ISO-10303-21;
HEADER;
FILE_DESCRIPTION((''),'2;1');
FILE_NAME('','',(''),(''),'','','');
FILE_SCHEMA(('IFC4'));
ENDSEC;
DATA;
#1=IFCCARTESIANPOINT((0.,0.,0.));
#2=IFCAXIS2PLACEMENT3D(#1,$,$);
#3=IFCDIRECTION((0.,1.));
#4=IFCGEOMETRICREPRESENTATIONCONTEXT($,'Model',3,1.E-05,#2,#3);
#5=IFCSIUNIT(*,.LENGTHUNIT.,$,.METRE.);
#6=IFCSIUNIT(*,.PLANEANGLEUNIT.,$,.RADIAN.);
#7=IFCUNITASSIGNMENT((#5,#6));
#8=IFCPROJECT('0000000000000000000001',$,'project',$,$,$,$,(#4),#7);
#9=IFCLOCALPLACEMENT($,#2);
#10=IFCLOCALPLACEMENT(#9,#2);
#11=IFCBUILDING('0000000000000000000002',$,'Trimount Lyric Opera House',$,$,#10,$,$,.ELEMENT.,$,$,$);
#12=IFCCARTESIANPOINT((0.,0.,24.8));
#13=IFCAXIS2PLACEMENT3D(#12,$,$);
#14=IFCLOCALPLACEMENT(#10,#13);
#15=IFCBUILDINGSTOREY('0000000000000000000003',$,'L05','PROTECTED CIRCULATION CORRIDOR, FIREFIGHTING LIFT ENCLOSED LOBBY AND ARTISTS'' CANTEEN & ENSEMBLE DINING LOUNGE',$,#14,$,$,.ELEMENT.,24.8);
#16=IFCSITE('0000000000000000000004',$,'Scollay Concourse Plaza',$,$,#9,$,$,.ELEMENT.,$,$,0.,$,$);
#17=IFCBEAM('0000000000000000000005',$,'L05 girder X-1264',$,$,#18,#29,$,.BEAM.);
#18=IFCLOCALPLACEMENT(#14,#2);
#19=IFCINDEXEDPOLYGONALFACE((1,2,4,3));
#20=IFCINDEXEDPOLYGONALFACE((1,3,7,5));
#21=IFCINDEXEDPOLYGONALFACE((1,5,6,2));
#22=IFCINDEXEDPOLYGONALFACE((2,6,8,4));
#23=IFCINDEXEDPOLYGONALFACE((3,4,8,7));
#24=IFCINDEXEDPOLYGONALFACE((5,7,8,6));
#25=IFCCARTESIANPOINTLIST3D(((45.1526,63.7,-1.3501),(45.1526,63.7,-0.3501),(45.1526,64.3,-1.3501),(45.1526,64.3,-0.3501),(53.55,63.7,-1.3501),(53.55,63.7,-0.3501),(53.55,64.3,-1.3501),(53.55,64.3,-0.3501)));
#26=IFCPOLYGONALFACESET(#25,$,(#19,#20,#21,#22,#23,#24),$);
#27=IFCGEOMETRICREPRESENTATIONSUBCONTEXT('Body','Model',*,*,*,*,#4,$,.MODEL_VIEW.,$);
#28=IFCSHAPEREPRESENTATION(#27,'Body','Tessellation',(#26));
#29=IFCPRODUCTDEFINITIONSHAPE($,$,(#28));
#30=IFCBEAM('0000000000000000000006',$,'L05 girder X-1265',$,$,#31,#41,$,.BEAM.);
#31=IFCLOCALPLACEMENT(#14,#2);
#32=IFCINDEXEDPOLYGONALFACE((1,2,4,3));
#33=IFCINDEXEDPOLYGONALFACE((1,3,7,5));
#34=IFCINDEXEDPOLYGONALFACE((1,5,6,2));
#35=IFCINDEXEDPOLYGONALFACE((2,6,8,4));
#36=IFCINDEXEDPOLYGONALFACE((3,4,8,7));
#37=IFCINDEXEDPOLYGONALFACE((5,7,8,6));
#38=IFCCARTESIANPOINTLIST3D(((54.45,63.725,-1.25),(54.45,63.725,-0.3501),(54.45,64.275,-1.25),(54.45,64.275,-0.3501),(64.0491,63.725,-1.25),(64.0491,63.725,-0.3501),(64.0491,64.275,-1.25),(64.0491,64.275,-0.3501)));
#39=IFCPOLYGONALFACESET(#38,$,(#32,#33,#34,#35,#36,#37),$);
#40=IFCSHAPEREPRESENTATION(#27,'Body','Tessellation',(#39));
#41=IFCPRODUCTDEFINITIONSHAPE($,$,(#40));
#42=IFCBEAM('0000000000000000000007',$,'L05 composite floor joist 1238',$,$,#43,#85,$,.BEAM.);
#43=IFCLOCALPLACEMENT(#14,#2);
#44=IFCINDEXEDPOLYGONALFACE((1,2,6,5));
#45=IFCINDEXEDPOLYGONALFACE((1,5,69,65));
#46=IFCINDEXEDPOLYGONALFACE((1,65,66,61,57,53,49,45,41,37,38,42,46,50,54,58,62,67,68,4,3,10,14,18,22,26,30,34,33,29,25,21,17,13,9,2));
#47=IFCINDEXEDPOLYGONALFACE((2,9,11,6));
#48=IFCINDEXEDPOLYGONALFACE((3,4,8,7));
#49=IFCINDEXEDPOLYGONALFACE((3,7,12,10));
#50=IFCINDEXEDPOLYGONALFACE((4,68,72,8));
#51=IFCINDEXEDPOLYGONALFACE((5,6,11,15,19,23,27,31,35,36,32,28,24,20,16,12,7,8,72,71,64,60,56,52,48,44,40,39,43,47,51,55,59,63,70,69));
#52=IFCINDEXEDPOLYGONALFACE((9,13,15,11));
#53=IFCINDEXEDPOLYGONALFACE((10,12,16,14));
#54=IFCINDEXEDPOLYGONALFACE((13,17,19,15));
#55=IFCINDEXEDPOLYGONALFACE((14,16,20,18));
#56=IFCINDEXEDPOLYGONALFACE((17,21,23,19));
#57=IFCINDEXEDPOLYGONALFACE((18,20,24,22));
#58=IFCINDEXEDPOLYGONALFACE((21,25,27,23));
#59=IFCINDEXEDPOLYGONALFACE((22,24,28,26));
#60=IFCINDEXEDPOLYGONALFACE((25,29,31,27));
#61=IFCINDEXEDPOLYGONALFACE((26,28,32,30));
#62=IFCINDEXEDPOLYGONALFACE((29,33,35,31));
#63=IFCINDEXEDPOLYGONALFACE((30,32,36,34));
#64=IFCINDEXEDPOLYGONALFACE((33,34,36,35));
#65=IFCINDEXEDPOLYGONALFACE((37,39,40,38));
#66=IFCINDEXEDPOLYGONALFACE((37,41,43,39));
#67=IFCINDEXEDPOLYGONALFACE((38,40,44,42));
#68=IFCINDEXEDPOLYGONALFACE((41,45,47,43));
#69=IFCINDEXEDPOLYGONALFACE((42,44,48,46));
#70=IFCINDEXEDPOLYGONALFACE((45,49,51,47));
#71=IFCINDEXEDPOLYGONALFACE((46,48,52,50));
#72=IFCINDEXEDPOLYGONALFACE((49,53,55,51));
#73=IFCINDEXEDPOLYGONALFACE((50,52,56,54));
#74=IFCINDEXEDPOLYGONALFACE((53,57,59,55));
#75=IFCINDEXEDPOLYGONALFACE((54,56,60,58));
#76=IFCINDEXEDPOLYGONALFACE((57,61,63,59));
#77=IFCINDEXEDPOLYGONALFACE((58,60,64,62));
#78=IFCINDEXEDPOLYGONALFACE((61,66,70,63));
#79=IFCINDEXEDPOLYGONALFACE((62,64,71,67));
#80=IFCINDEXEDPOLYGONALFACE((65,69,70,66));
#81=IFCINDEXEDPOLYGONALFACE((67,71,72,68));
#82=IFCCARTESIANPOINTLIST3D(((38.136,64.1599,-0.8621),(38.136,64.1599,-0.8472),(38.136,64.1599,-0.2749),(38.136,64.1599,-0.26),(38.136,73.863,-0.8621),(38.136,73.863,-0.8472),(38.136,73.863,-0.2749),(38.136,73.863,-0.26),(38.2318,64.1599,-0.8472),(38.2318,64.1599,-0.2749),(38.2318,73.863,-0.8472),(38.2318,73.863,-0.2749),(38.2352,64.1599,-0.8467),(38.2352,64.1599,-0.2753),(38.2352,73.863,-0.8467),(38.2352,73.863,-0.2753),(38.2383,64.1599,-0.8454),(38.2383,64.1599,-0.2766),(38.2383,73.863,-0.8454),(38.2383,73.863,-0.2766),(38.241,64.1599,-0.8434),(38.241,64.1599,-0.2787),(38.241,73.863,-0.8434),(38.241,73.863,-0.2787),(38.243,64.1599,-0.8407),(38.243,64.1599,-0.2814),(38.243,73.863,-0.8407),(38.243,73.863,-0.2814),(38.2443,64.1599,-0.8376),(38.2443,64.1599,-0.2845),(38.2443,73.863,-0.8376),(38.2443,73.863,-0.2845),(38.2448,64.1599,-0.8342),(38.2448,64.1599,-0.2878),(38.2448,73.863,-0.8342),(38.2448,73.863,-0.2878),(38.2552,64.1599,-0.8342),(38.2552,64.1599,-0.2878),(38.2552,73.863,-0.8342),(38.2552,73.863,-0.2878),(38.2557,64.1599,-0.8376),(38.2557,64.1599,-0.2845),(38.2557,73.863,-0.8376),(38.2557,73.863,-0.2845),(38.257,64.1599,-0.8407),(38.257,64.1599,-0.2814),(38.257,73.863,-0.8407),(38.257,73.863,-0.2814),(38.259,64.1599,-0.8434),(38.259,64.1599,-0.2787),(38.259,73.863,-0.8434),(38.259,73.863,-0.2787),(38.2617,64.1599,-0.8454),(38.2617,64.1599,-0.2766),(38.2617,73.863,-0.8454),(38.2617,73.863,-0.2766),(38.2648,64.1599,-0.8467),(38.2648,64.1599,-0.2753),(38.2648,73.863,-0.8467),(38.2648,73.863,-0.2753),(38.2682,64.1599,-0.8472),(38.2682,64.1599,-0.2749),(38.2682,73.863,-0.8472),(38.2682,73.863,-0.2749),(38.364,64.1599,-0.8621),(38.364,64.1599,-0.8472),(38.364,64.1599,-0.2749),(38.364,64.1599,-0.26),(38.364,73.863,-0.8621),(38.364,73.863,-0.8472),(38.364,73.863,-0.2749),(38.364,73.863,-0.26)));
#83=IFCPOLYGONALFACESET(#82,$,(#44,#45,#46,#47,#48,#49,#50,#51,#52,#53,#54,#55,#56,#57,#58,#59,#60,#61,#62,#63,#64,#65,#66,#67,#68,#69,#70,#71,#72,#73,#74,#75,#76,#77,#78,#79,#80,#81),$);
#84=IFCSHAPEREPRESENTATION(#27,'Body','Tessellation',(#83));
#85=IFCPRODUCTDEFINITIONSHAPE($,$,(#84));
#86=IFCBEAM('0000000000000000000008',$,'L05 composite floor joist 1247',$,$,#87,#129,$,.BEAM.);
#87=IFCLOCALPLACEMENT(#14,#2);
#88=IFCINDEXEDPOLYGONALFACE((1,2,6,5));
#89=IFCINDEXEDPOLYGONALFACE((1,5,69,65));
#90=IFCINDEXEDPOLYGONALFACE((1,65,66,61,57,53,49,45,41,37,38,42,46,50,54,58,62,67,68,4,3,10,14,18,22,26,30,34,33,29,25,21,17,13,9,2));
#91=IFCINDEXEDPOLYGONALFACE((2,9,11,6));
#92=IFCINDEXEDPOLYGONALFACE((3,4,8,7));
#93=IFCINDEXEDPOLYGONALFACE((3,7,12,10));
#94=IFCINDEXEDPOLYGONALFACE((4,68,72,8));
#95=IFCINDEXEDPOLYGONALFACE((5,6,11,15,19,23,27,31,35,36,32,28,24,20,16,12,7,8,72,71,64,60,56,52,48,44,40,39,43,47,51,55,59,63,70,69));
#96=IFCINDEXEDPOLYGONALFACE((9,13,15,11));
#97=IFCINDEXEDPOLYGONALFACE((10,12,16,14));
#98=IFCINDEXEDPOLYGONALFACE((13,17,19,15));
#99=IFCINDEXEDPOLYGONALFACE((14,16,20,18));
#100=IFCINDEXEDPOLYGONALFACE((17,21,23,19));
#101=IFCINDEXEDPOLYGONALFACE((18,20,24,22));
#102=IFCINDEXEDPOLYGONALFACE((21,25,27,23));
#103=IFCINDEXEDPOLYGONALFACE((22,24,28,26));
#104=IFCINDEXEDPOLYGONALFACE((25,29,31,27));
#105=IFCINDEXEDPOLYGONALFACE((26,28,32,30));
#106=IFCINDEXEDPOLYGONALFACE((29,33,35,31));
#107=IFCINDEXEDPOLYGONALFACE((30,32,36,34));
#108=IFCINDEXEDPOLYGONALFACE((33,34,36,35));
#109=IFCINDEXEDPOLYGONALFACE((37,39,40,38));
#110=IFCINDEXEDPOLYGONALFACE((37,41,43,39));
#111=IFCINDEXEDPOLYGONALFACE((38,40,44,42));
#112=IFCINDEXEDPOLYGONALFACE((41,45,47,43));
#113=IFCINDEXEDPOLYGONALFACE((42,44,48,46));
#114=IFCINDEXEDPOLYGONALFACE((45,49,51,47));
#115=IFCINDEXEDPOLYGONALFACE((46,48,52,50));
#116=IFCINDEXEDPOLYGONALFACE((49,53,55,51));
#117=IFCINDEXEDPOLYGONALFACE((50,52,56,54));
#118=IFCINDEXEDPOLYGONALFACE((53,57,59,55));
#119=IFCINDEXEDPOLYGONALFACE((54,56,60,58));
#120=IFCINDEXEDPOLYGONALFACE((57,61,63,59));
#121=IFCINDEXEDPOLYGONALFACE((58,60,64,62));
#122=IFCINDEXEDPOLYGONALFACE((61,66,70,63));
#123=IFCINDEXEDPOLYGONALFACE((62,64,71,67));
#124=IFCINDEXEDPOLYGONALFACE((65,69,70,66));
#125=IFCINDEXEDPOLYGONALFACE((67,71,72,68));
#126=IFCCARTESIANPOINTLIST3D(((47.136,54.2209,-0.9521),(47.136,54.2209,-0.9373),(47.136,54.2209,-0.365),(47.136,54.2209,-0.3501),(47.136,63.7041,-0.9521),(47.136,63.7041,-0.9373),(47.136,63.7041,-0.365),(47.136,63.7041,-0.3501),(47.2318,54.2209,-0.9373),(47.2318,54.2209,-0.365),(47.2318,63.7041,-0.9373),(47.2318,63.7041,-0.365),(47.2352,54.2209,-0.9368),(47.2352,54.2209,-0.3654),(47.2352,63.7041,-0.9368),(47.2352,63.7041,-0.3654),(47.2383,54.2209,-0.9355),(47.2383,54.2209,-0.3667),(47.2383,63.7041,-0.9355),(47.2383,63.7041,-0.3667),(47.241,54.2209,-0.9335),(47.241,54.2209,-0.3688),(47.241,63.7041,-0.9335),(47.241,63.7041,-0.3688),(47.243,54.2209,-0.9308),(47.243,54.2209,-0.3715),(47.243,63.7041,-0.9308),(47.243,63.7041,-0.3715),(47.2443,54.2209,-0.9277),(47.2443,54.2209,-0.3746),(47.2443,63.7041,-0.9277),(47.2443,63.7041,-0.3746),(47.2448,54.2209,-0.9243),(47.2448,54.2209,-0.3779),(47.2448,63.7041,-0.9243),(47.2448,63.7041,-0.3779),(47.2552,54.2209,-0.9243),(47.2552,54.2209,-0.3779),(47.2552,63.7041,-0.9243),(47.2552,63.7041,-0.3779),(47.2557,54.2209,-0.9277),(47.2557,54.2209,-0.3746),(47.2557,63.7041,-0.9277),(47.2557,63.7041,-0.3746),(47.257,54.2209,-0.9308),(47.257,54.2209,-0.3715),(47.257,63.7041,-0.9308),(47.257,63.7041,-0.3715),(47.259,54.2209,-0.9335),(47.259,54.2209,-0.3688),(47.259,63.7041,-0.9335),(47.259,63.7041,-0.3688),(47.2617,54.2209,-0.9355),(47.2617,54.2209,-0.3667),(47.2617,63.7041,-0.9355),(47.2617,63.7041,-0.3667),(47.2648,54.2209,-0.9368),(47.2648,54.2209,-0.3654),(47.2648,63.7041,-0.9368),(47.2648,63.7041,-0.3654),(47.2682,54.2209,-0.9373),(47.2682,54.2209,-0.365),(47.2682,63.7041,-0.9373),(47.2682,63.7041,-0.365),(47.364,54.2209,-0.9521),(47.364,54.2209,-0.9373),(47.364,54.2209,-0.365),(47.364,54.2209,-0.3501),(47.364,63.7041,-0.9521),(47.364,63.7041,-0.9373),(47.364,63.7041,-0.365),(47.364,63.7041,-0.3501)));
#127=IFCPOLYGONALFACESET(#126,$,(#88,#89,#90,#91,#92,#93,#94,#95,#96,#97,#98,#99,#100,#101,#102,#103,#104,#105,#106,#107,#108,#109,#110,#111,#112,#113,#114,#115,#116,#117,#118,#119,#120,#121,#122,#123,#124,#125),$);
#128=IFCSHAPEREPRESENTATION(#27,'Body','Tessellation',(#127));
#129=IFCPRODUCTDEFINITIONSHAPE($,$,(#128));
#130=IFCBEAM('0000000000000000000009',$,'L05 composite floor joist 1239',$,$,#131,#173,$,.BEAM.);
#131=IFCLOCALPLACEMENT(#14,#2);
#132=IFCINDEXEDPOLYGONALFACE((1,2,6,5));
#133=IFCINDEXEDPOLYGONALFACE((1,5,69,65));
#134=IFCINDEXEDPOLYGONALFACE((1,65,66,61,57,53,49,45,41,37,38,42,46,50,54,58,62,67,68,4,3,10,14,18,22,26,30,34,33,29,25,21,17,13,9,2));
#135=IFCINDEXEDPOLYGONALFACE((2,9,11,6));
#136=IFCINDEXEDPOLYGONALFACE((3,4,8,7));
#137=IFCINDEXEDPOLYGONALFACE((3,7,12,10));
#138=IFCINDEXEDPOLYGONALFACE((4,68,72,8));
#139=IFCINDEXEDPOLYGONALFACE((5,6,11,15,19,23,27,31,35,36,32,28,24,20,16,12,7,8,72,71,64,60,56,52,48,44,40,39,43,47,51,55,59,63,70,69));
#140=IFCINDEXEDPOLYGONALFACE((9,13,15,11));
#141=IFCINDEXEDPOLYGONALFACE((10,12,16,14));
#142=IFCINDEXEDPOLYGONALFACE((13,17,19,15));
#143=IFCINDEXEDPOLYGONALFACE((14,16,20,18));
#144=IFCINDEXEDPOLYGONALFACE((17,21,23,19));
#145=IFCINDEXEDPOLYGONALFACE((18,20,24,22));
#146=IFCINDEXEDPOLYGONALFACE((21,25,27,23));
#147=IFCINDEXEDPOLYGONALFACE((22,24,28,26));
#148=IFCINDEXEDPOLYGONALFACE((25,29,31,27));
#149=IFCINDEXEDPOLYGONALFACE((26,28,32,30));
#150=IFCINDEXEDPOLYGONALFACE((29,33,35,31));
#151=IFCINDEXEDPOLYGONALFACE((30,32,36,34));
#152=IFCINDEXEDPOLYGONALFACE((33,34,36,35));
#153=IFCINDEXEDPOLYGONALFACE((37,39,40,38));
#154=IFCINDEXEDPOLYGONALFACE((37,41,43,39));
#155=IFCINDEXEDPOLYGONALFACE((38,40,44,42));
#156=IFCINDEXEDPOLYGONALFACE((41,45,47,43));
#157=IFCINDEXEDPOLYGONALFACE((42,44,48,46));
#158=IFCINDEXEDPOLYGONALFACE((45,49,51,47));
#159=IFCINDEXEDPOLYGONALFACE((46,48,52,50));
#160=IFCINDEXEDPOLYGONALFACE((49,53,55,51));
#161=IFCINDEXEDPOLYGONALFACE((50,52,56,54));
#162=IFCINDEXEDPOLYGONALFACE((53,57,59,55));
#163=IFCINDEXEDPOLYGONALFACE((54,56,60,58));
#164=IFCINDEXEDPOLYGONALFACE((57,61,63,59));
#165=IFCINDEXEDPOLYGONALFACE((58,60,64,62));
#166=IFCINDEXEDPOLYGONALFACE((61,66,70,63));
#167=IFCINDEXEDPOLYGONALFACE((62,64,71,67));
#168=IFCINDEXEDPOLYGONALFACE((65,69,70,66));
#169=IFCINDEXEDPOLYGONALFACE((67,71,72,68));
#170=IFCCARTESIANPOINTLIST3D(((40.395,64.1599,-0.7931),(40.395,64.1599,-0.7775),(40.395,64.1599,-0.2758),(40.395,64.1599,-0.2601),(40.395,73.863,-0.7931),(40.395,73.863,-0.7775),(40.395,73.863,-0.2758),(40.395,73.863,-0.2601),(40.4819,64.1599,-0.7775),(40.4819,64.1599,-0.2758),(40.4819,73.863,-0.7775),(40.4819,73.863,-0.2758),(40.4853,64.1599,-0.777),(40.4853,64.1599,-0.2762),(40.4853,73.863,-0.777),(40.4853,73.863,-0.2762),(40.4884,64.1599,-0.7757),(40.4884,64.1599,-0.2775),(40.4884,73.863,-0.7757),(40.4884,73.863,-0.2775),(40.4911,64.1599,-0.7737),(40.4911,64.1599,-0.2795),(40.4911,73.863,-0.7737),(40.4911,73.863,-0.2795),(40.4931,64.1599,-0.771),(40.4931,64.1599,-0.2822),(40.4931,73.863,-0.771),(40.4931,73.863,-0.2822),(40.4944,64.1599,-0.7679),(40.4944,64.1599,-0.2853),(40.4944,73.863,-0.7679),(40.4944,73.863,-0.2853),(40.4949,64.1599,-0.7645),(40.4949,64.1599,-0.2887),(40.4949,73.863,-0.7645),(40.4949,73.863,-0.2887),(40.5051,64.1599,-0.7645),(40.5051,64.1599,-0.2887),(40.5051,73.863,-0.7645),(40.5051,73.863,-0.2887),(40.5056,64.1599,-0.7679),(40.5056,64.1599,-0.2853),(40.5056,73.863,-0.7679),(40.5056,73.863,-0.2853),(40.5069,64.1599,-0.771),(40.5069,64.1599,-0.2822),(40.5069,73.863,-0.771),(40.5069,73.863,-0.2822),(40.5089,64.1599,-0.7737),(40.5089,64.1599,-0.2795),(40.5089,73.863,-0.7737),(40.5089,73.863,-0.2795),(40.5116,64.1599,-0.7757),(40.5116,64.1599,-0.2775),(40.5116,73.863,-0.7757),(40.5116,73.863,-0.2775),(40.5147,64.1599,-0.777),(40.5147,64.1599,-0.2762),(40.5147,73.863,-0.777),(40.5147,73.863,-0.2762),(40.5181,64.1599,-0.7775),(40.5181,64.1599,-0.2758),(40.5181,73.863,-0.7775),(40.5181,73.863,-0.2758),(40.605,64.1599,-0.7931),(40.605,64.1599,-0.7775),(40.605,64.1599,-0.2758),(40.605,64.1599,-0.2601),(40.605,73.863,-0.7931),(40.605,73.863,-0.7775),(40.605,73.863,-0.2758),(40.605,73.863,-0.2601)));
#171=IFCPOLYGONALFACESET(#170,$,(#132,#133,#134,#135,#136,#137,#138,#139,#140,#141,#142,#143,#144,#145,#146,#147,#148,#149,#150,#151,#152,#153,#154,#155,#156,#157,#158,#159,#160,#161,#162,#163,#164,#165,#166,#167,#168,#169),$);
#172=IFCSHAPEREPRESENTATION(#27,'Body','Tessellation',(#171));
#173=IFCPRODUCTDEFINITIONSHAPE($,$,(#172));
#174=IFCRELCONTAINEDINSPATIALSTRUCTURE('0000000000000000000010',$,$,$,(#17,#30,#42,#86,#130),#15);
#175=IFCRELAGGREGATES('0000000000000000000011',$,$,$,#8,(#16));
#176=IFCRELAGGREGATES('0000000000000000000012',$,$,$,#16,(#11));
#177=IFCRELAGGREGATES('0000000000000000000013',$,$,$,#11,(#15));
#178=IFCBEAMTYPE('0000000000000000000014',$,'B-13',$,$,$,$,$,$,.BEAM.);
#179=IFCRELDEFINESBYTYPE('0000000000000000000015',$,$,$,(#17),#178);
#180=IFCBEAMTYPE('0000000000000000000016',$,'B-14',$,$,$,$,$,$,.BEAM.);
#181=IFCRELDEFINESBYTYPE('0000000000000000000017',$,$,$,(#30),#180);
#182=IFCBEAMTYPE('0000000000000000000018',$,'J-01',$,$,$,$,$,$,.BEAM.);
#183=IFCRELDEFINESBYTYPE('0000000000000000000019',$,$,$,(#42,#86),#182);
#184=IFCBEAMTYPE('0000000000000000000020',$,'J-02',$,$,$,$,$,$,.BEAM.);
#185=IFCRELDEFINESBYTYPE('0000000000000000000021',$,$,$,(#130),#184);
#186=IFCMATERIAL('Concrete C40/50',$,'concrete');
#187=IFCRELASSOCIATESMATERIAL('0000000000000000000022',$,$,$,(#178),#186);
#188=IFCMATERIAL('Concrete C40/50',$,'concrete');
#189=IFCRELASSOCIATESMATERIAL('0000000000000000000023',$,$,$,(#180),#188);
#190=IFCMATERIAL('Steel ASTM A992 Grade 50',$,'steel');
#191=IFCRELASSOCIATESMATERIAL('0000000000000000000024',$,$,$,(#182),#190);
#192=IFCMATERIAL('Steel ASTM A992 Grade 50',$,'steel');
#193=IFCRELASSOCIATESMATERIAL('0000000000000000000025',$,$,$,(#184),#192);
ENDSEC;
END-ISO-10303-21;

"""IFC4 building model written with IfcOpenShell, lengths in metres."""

from ifc_helpers import new_model, si_unit, direction, frame, origin, origin_2d, place, context, subcontext, project, spatial, rectangle, i_section, extrude, material, material_profile, profile_set, type_object, element, save


model = new_model("IFC4")

# Units and contexts
model_context = context("Model", 3, precision=1e-05, world=origin(), true_north=direction((0.0, 1.0)))
body_context = subcontext(model_context, "Body", "Model", "MODEL_VIEW")
ifc_project = project(units=[si_unit("LENGTHUNIT", "METRE"), si_unit("PLANEANGLEUNIT", "RADIAN")], contexts=[model_context])

# Site, building, storey
site_placement = place(None, origin())
site = spatial("IfcSite", under=ifc_project, at=site_placement, Name="Scollay Concourse Plaza", CompositionType="ELEMENT", RefElevation=0.0)
building_placement = place(site_placement, origin())
building = spatial("IfcBuilding", under=site, at=building_placement, Name="Trimount Lyric Opera House", CompositionType="ELEMENT")
storey_placement = place(building_placement, frame((0.0, 0.0, 24.8)))
storey = spatial("IfcBuildingStorey", under=building, at=storey_placement, Name="L05", Description="PROTECTED CIRCULATION CORRIDOR, FIREFIGHTING LIFT ENCLOSED LOBBY AND ARTISTS' CANTEEN & ENSEMBLE DINING LOUNGE", CompositionType="ELEMENT", Elevation=24.8)

# Beams
ifc_material_1 = material(Name="Concrete C40/50", Category="concrete")
ifc_material_profile_1 = material_profile(ifc_material_1, rectangle(XDim=0.6001, YDim=1.0, at=origin_2d()), Name="RC600X1000")
ifc_profile_set_1 = profile_set([ifc_material_profile_1], Name="Concrete C40/50")
beam_type_1 = type_object("IfcBeamType", Name="B-13", PredefinedType="BEAM", material=ifc_profile_set_1)
beam_1_placement = place(storey_placement, frame((45.1526, 64.0, -0.8501), z_axis=(1.0, 0.0, 0.0), x_axis=(0.0, 1.0, 0.0)))
element("IfcBeam", 1, at=beam_1_placement, inside=storey, type_object=beam_type_1, Name="L05 girder X-1264", PredefinedType="BEAM", context=body_context, shape_type="SweptSolid", body=[
    extrude(rectangle(XDim=0.6001, YDim=1.0, at=origin_2d()), origin(), (0.0, 0.0, 1.0), 8.3975),
])
ifc_material_2 = material(Name="Concrete C40/50", Category="concrete")
ifc_material_profile_2 = material_profile(ifc_material_2, rectangle(XDim=0.55, YDim=0.8999, at=origin_2d()), Name="RC550X900")
ifc_profile_set_2 = profile_set([ifc_material_profile_2], Name="Concrete C40/50")
beam_type_2 = type_object("IfcBeamType", Name="B-14", PredefinedType="BEAM", material=ifc_profile_set_2)
beam_2_placement = place(storey_placement, frame((54.45, 64.0, -0.8), z_axis=(1.0, 0.0, 0.0), x_axis=(0.0, 1.0, 0.0)))
element("IfcBeam", 2, at=beam_2_placement, inside=storey, type_object=beam_type_2, Name="L05 girder X-1265", PredefinedType="BEAM", context=body_context, shape_type="SweptSolid", body=[
    extrude(rectangle(XDim=0.55, YDim=0.8999, at=origin_2d()), origin(), (0.0, 0.0, 1.0), 9.5991),
])
ifc_material_3 = material(Name="Steel ASTM A992 Grade 50", Category="steel")
ifc_material_profile_3 = material_profile(ifc_material_3, i_section(OverallWidth=0.228, OverallDepth=0.6021, WebThickness=0.0105, FlangeThickness=0.0149, FilletRadius=0.0129, at=origin_2d()), Name="W24X68")
ifc_profile_set_3 = profile_set([ifc_material_profile_3], Name="Steel ASTM A992 Grade 50")
beam_type_3 = type_object("IfcBeamType", Name="J-01", PredefinedType="BEAM", material=ifc_profile_set_3)
beam_3_placement = place(storey_placement, frame((38.25, 64.1599, -0.561), z_axis=(0.0, 1.0, 0.0), x_axis=(-1.0, 0.0, 0.0)))
element("IfcBeam", 3, at=beam_3_placement, inside=storey, type_object=beam_type_3, Name="L05 composite floor joist 1238", PredefinedType="BEAM", context=body_context, shape_type="SweptSolid", body=[
    extrude(i_section(OverallWidth=0.228, OverallDepth=0.6021, WebThickness=0.0105, FlangeThickness=0.0149, FilletRadius=0.0129, at=origin_2d()), origin(), (0.0, 0.0, 1.0), 9.7031),
])
beam_4_placement = place(storey_placement, frame((47.25, 54.2209, -0.6511), z_axis=(0.0, 1.0, 0.0), x_axis=(-1.0, 0.0, 0.0)))
element("IfcBeam", 4, at=beam_4_placement, inside=storey, type_object=beam_type_3, Name="L05 composite floor joist 1247", PredefinedType="BEAM", context=body_context, shape_type="SweptSolid", body=[
    extrude(i_section(OverallWidth=0.228, OverallDepth=0.6021, WebThickness=0.0105, FlangeThickness=0.0149, FilletRadius=0.0129, at=origin_2d()), origin(), (0.0, 0.0, 1.0), 9.4832),
])
ifc_material_4 = material(Name="Steel ASTM A992 Grade 50", Category="steel")
ifc_material_profile_4 = material_profile(ifc_material_4, i_section(OverallWidth=0.21, OverallDepth=0.533, WebThickness=0.0103, FlangeThickness=0.0156, FilletRadius=0.0129, at=origin_2d()), Name="W21X62")
ifc_profile_set_4 = profile_set([ifc_material_profile_4], Name="Steel ASTM A992 Grade 50")
beam_type_4 = type_object("IfcBeamType", Name="J-02", PredefinedType="BEAM", material=ifc_profile_set_4)
beam_5_placement = place(storey_placement, frame((40.5, 64.1599, -0.5266), z_axis=(0.0, 1.0, 0.0), x_axis=(-1.0, 0.0, 0.0)))
element("IfcBeam", 5, at=beam_5_placement, inside=storey, type_object=beam_type_4, Name="L05 composite floor joist 1239", PredefinedType="BEAM", context=body_context, shape_type="SweptSolid", body=[
    extrude(i_section(OverallWidth=0.21, OverallDepth=0.533, WebThickness=0.0103, FlangeThickness=0.0156, FilletRadius=0.0129, at=origin_2d()), origin(), (0.0, 0.0, 1.0), 9.7031),
])

save(model, "model.ifc")
